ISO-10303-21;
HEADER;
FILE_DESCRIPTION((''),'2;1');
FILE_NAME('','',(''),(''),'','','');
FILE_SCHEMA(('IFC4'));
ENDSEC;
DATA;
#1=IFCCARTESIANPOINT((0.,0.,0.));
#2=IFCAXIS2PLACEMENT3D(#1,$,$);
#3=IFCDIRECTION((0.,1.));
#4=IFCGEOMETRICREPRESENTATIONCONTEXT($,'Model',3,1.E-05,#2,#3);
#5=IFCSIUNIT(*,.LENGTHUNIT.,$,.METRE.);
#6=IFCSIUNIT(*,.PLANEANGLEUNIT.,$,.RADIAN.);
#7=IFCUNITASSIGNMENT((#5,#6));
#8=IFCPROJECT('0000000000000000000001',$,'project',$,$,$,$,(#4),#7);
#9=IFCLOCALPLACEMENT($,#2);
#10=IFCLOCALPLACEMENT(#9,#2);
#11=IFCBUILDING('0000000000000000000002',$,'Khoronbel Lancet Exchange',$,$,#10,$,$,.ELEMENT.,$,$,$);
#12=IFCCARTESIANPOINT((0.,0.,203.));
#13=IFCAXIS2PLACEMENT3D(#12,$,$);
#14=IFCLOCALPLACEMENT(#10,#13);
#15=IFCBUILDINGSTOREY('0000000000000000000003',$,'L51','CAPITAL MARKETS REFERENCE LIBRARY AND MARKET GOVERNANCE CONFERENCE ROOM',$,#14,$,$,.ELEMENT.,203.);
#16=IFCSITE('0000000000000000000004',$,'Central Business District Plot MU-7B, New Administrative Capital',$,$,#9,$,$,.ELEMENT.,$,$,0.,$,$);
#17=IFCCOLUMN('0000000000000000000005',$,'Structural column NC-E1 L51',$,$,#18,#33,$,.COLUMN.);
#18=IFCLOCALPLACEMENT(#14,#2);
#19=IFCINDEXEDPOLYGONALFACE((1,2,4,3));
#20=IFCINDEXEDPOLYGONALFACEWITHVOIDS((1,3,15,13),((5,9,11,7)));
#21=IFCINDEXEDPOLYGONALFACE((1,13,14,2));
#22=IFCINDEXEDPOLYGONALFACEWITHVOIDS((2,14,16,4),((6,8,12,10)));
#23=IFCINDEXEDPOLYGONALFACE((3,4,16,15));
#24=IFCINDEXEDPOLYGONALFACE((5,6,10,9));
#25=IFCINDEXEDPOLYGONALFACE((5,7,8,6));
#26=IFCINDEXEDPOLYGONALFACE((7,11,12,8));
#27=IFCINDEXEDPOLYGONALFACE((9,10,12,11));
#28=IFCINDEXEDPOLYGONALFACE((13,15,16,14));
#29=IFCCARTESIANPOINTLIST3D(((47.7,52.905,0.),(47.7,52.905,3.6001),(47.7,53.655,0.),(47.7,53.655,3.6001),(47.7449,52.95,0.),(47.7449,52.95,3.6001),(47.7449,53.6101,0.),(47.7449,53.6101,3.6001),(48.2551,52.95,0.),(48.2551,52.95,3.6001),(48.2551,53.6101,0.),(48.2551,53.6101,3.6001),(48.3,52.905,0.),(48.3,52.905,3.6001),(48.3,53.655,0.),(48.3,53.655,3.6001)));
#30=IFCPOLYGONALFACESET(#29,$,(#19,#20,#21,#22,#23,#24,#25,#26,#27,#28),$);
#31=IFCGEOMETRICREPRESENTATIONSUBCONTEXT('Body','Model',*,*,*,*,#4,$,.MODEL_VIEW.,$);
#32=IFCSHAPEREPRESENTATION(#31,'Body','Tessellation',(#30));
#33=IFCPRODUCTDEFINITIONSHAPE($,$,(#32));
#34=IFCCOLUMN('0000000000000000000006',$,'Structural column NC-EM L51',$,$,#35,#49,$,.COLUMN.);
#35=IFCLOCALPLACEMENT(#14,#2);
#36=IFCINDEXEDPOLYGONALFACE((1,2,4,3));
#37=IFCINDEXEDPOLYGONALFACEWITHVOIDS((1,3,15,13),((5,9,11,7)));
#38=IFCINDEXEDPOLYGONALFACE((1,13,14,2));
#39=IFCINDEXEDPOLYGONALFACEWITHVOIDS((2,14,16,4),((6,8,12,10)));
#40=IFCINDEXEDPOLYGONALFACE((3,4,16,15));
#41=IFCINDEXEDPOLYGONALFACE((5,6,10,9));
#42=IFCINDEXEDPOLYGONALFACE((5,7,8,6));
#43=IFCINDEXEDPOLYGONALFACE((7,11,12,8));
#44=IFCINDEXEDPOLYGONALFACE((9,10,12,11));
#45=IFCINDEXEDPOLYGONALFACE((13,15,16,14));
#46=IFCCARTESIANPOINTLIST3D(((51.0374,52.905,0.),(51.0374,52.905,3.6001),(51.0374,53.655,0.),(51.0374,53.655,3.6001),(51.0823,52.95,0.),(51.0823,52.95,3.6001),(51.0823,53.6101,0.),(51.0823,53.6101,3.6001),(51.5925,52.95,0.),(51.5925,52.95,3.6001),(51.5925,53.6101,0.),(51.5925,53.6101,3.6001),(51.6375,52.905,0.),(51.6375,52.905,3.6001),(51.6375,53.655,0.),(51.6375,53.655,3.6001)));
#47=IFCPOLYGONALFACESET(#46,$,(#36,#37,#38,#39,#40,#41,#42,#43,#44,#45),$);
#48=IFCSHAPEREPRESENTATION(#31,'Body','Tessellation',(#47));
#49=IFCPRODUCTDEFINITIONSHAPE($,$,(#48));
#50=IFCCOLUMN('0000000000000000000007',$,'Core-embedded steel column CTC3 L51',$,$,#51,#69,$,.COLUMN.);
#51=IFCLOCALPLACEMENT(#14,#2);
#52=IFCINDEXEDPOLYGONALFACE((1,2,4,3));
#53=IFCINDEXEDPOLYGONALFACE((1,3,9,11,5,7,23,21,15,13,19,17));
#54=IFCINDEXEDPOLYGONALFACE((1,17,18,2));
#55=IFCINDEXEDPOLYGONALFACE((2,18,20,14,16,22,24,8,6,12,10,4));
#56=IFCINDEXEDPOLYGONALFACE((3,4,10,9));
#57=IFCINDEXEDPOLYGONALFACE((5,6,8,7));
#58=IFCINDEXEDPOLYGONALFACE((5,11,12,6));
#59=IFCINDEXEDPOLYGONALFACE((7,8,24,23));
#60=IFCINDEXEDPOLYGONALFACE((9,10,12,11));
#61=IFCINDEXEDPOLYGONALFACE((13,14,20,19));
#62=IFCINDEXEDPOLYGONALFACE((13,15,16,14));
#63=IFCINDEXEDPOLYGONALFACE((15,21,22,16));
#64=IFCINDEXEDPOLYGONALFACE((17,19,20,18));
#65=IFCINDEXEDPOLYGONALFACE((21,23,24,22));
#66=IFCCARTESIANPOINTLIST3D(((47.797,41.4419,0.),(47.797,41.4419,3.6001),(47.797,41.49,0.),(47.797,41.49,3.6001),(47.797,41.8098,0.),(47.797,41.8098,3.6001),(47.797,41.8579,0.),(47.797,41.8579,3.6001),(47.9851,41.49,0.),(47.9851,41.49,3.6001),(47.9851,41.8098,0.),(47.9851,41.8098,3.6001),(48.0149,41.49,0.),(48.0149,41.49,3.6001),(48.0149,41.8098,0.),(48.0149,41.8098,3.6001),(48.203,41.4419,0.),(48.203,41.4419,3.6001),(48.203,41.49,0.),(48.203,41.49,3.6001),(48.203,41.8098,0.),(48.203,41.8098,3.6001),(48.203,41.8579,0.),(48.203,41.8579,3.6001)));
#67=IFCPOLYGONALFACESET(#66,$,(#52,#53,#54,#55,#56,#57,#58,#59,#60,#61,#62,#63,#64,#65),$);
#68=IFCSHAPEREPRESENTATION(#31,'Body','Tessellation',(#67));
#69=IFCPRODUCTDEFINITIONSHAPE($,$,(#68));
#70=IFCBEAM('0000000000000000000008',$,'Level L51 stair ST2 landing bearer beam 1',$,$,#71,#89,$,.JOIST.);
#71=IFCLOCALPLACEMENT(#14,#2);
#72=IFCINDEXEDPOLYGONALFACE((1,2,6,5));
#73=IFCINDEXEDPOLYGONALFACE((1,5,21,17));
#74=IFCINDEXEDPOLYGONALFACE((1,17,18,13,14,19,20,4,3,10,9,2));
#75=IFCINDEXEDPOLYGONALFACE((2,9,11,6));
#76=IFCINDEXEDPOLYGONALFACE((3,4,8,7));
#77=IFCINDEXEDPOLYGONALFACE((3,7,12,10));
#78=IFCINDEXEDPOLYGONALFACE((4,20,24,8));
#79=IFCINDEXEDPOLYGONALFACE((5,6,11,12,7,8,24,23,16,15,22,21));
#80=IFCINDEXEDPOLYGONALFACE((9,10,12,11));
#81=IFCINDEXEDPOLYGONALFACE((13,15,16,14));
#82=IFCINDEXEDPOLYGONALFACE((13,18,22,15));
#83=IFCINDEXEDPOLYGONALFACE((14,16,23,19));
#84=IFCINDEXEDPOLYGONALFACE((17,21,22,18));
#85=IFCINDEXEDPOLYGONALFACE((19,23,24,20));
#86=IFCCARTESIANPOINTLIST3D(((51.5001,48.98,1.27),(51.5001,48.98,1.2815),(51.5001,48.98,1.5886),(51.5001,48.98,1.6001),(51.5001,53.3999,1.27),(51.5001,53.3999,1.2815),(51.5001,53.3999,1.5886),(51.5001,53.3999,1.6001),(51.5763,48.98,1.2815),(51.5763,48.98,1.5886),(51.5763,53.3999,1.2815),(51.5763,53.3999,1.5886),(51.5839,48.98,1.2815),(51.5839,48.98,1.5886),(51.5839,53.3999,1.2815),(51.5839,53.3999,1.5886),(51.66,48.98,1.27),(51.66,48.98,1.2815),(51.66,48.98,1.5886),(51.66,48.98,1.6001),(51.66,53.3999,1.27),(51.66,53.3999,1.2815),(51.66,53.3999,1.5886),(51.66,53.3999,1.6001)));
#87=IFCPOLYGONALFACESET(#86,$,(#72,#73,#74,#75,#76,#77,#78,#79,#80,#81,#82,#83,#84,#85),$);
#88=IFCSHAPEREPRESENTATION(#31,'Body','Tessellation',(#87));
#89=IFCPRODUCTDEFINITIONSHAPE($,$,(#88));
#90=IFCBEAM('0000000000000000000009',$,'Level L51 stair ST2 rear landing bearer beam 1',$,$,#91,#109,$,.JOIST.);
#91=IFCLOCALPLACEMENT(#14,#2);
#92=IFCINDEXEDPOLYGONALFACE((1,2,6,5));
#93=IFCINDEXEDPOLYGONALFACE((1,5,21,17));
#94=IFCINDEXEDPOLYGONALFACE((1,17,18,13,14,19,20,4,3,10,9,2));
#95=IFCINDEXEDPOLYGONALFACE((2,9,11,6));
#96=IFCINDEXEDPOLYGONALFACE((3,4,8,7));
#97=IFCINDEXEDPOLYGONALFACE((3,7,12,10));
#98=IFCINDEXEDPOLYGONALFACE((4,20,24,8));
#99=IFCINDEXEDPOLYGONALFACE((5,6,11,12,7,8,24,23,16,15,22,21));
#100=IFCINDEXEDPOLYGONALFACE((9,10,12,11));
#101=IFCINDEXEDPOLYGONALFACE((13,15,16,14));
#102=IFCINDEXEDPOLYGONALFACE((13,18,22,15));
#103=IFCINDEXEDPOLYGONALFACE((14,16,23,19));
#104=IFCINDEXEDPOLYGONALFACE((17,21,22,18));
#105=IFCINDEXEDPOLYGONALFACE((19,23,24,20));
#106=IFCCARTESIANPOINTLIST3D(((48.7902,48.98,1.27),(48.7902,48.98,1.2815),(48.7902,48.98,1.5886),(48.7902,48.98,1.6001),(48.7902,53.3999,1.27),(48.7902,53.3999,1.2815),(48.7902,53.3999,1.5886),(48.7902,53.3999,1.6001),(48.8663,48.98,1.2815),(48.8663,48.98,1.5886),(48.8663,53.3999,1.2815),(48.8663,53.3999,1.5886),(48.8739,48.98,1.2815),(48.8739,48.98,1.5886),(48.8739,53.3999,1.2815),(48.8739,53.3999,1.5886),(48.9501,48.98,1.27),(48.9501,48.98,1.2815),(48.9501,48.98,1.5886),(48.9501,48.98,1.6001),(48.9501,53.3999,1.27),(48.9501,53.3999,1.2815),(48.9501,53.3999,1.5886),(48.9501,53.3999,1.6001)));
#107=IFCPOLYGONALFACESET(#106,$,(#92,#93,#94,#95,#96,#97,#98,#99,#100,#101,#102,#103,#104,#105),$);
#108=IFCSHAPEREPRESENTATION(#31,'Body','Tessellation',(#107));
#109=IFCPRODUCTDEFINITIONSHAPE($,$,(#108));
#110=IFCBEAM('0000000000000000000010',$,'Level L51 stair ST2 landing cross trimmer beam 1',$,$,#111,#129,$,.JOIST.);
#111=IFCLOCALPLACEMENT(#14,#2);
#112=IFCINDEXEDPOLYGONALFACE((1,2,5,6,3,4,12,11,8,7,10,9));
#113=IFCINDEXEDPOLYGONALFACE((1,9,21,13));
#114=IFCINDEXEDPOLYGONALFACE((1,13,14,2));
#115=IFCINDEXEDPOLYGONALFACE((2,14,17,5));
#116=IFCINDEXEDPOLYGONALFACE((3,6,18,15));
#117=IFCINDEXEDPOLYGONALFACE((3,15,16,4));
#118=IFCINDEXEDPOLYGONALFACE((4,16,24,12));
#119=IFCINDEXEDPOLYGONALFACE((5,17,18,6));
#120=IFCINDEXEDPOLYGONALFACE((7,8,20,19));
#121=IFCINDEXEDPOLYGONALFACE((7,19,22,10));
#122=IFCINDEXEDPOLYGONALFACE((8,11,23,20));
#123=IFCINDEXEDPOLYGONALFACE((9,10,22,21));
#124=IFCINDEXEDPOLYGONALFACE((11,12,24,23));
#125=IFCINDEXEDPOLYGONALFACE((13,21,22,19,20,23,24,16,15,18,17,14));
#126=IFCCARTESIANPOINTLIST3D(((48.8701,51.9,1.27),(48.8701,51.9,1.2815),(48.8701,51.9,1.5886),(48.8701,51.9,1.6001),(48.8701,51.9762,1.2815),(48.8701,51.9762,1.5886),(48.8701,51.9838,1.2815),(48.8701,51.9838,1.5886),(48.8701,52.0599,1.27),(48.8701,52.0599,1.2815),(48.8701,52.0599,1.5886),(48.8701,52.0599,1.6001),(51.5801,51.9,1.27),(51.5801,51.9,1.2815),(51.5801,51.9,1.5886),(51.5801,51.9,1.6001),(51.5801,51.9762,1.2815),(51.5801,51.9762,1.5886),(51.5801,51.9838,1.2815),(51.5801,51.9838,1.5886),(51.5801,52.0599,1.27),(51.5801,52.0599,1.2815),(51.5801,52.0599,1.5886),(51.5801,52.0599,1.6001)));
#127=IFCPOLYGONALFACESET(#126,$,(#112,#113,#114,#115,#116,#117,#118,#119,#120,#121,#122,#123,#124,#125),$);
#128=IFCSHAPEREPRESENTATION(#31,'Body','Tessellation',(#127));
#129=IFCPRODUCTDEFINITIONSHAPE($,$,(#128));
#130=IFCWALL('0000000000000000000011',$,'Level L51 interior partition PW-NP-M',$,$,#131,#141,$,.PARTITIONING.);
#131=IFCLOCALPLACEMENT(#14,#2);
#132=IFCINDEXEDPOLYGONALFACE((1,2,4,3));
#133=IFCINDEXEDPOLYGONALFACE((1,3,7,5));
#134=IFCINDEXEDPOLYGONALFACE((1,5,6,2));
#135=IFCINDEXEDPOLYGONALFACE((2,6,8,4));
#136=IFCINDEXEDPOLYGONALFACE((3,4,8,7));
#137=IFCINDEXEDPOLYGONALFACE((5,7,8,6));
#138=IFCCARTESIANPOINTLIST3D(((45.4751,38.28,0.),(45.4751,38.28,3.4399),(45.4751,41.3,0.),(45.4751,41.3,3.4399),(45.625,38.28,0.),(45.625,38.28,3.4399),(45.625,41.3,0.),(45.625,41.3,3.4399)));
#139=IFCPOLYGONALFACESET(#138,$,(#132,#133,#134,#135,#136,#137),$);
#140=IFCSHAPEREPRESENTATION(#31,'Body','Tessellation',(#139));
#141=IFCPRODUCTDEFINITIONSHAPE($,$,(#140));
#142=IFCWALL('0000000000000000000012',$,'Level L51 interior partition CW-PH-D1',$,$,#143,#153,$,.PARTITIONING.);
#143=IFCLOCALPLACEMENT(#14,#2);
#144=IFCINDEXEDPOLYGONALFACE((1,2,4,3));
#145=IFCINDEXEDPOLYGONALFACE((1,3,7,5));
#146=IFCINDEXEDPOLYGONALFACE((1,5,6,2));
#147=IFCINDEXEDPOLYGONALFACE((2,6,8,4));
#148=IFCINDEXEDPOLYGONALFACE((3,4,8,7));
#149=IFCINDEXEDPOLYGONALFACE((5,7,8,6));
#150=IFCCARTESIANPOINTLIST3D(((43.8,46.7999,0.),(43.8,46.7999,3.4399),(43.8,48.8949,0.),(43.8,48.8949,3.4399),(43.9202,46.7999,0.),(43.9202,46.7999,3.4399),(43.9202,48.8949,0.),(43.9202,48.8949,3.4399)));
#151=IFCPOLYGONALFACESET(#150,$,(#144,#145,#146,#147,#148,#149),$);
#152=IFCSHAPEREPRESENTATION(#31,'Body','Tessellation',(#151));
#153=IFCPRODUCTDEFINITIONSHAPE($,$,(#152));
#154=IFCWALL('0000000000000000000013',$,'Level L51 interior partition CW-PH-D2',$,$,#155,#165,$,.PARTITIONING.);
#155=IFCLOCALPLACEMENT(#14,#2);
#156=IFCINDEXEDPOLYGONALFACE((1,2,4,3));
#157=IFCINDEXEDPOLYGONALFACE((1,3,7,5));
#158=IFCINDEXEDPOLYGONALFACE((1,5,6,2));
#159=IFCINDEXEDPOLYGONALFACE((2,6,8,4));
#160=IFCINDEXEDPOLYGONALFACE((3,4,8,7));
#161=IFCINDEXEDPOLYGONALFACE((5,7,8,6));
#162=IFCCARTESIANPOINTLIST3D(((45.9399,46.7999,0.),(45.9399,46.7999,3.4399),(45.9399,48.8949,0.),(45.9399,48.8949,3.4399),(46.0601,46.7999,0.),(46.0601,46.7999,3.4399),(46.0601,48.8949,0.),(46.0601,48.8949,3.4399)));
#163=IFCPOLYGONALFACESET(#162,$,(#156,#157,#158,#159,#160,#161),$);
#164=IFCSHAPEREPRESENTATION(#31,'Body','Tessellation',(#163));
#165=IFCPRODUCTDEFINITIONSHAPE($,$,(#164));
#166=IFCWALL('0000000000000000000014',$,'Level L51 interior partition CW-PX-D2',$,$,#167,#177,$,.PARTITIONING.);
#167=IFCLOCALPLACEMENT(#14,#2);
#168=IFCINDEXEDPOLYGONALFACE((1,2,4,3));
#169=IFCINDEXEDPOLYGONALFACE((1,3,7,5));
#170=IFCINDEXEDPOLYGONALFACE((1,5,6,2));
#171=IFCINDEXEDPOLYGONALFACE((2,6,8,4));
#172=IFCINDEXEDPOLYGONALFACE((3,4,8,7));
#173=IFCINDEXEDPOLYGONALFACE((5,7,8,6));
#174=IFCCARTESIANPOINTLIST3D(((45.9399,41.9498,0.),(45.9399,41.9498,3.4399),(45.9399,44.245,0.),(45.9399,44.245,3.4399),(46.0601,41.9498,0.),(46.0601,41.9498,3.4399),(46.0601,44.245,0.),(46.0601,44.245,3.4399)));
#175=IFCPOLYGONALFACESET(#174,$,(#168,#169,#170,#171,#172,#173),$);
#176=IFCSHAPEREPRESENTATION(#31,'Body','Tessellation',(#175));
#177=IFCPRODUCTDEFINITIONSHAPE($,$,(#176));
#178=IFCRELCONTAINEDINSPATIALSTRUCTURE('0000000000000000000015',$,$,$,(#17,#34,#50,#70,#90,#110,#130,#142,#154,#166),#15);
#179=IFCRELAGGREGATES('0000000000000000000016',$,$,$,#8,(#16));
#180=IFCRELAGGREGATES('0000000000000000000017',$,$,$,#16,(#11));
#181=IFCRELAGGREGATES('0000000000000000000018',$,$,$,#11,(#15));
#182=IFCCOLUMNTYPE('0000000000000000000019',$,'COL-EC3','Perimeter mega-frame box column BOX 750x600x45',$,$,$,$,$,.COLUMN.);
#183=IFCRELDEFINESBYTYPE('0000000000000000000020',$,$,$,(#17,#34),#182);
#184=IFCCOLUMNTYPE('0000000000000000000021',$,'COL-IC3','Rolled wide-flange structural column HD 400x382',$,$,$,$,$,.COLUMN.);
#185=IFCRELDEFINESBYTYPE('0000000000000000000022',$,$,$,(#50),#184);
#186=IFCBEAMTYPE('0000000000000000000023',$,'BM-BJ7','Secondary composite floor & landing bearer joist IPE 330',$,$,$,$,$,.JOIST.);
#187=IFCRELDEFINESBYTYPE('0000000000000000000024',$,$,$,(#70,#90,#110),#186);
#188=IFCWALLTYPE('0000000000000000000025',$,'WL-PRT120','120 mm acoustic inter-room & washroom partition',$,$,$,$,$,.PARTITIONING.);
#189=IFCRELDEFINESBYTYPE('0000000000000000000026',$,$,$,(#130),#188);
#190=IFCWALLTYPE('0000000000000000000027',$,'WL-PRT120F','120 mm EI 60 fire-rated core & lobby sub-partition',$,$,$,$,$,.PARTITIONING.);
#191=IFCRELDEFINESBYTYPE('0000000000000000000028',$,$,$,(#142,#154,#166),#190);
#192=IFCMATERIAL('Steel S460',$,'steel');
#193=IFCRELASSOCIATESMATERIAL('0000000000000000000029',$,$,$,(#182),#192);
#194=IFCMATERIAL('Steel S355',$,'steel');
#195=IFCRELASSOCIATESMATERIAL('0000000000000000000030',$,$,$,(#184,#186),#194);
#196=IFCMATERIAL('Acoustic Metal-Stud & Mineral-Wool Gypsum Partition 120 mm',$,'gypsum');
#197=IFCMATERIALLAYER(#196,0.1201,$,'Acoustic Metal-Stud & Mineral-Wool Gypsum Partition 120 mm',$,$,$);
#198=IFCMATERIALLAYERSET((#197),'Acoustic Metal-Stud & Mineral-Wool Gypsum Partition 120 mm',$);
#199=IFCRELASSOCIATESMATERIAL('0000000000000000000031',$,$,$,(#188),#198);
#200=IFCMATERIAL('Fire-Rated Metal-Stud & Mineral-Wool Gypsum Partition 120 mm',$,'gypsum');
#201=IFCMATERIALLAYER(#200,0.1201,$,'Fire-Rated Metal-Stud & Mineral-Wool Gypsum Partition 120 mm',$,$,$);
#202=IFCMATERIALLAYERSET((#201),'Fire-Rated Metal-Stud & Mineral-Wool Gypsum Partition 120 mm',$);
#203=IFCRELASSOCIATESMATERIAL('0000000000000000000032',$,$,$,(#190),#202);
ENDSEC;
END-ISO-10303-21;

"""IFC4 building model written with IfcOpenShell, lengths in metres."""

from ifc_helpers import new_model, si_unit, direction, frame, frame_2d, origin, origin_2d, place, context, subcontext, project, spatial, rectangle, hollow_rectangle, i_section, extrude, material, layer, layer_set, material_profile, profile_set, type_object, element, save


model = new_model("IFC4")

# Units and contexts
model_context = context("Model", 3, precision=1e-05, world=origin(), true_north=direction((0.0, 1.0)))
body_context = subcontext(model_context, "Body", "Model", "MODEL_VIEW")
ifc_project = project(units=[si_unit("LENGTHUNIT", "METRE"), si_unit("PLANEANGLEUNIT", "RADIAN")], contexts=[model_context])

# Site, building, storey
site_placement = place(None, origin())
site = spatial("IfcSite", under=ifc_project, at=site_placement, Name="Central Business District Plot MU-7B, New Administrative Capital", CompositionType="ELEMENT", RefElevation=0.0)
building_placement = place(site_placement, origin())
building = spatial("IfcBuilding", under=site, at=building_placement, Name="Khoronbel Lancet Exchange", CompositionType="ELEMENT")
storey_placement = place(building_placement, frame((0.0, 0.0, 203.0)))
storey = spatial("IfcBuildingStorey", under=building, at=storey_placement, Name="L51", Description="CAPITAL MARKETS REFERENCE LIBRARY AND MARKET GOVERNANCE CONFERENCE ROOM", CompositionType="ELEMENT", Elevation=203.0)

# Columns
ifc_material_1 = material(Name="Steel S460", Category="steel")
ifc_material_profile_1 = material_profile(ifc_material_1, hollow_rectangle(XDim=0.6001, YDim=0.75, WallThickness=0.0449, at=origin_2d()), Name="BOX 750x600x45")
ifc_profile_set_1 = profile_set([ifc_material_profile_1], Name="Steel S460")
column_type_1 = type_object("IfcColumnType", Name="COL-EC3", Description="Perimeter mega-frame box column BOX 750x600x45", PredefinedType="COLUMN", material=ifc_profile_set_1)
for number, where, z_axis, x_axis, name in (
    (1, (48.0, 53.28, 0.0), (0.0, 0.0, 1.0), (1.0, 0.0, 0.0), "Structural column NC-E1 L51"),
    (2, (51.3374, 53.28, 0.0), (0.0, 0.0, 1.0), (1.0, 0.0, 0.0), "Structural column NC-EM L51"),
):
    element("IfcColumn", number, at=place(storey_placement, frame(where, z_axis=z_axis, x_axis=x_axis)), inside=storey, type_object=column_type_1, Name=name, PredefinedType="COLUMN", context=body_context, shape_type="SweptSolid", body=[
        extrude(hollow_rectangle(XDim=0.6001, YDim=0.75, WallThickness=0.0449, at=origin_2d()), origin(), (0.0, 0.0, 1.0), 3.6001),
    ])
ifc_material_2 = material(Name="Steel S355", Category="steel")
ifc_material_profile_2 = material_profile(ifc_material_2, i_section(OverallWidth=0.406, OverallDepth=0.416, WebThickness=0.0298, FlangeThickness=0.0481, at=origin_2d()), Name="HD 400x382")
ifc_profile_set_2 = profile_set([ifc_material_profile_2], Name="Steel S355")
column_type_2 = type_object("IfcColumnType", Name="COL-IC3", Description="Rolled wide-flange structural column HD 400x382", PredefinedType="COLUMN", material=ifc_profile_set_2)
column_placement = place(storey_placement, frame((48.0, 41.6499, 0.0), z_axis=(0.0, 0.0, 1.0), x_axis=(1.0, 0.0, 0.0)))
element("IfcColumn", 3, at=column_placement, inside=storey, type_object=column_type_2, Name="Core-embedded steel column CTC3 L51", PredefinedType="COLUMN", context=body_context, shape_type="SweptSolid", body=[
    extrude(i_section(OverallWidth=0.406, OverallDepth=0.416, WebThickness=0.0298, FlangeThickness=0.0481, at=origin_2d()), origin(), (0.0, 0.0, 1.0), 3.6001),
])

# Beams
ifc_material_profile_3 = material_profile(ifc_material_2, i_section(OverallWidth=0.1599, OverallDepth=0.3301, WebThickness=0.0076, FlangeThickness=0.0115, at=origin_2d()), Name="IPE 330")
ifc_profile_set_3 = profile_set([ifc_material_profile_3], Name="Steel S355")
beam_type = type_object("IfcBeamType", Name="BM-BJ7", Description="Secondary composite floor & landing bearer joist IPE 330", PredefinedType="JOIST", material=ifc_profile_set_3)
for number, where, z_axis, x_axis, name in (
    (4, (51.5801, 48.98, 1.4351), (0.0, 1.0, 0.0), (-1.0, 0.0, 0.0), "Level L51 stair ST2 landing bearer beam 1"),
    (5, (48.8701, 48.98, 1.4351), (0.0, 1.0, 0.0), (-1.0, 0.0, 0.0), "Level L51 stair ST2 rear landing bearer beam 1"),
):
    element("IfcBeam", number, at=place(storey_placement, frame(where, z_axis=z_axis, x_axis=x_axis)), inside=storey, type_object=beam_type, Name=name, PredefinedType="JOIST", context=body_context, shape_type="SweptSolid", body=[
        extrude(i_section(OverallWidth=0.1599, OverallDepth=0.3301, WebThickness=0.0076, FlangeThickness=0.0115, at=origin_2d()), origin(), (0.0, 0.0, 1.0), 4.4199),
    ])
beam_placement = place(storey_placement, frame((48.8701, 51.98, 1.4351), z_axis=(1.0, 0.0, 0.0), x_axis=(0.0, 1.0, 0.0)))
element("IfcBeam", 6, at=beam_placement, inside=storey, type_object=beam_type, Name="Level L51 stair ST2 landing cross trimmer beam 1", PredefinedType="JOIST", context=body_context, shape_type="SweptSolid", body=[
    extrude(i_section(OverallWidth=0.1599, OverallDepth=0.3301, WebThickness=0.0076, FlangeThickness=0.0115, at=origin_2d()), origin(), (0.0, 0.0, 1.0), 2.71),
])

# Walls
ifc_material_3 = material(Name="Acoustic Metal-Stud & Mineral-Wool Gypsum Partition 120 mm", Category="gypsum")
ifc_layer_1 = layer(ifc_material_3, 0.1201, Name="Acoustic Metal-Stud & Mineral-Wool Gypsum Partition 120 mm")
ifc_layer_set_1 = layer_set([ifc_layer_1], Name="Acoustic Metal-Stud & Mineral-Wool Gypsum Partition 120 mm")
wall_type_1 = type_object("IfcWallType", Name="WL-PRT120", Description="120 mm acoustic inter-room & washroom partition", PredefinedType="PARTITIONING", material=ifc_layer_set_1)
wall_1_placement = place(storey_placement, frame((45.55, 38.28, 0.0), z_axis=(0.0, 0.0, 1.0), x_axis=(0.0, 1.0, 0.0)))
element("IfcWall", 7, at=wall_1_placement, inside=storey, type_object=wall_type_1, Name="Level L51 interior partition PW-NP-M", PredefinedType="PARTITIONING", context=body_context, shape_type="SweptSolid", body=[
    extrude(rectangle(XDim=3.02, YDim=0.1499, at=frame_2d((1.51, 0.0))), origin(), (0.0, 0.0, 1.0), 3.4399),
])
ifc_material_4 = material(Name="Fire-Rated Metal-Stud & Mineral-Wool Gypsum Partition 120 mm", Category="gypsum")
ifc_layer_2 = layer(ifc_material_4, 0.1201, Name="Fire-Rated Metal-Stud & Mineral-Wool Gypsum Partition 120 mm")
ifc_layer_set_2 = layer_set([ifc_layer_2], Name="Fire-Rated Metal-Stud & Mineral-Wool Gypsum Partition 120 mm")
wall_type_2 = type_object("IfcWallType", Name="WL-PRT120F", Description="120 mm EI 60 fire-rated core & lobby sub-partition", PredefinedType="PARTITIONING", material=ifc_layer_set_2)
for number, where, z_axis, x_axis, name in (
    (8, (43.8601, 46.8, 0.0), (0.0, 0.0, 1.0), (0.0, 1.0, 0.0), "Level L51 interior partition CW-PH-D1"),
    (9, (46.0, 46.8, 0.0), (0.0, 0.0, 1.0), (0.0, 1.0, 0.0), "Level L51 interior partition CW-PH-D2"),
):
    element("IfcWall", number, at=place(storey_placement, frame(where, z_axis=z_axis, x_axis=x_axis)), inside=storey, type_object=wall_type_2, Name=name, PredefinedType="PARTITIONING", context=body_context, shape_type="SweptSolid", body=[
        extrude(rectangle(XDim=2.095, YDim=0.1201, at=frame_2d((1.0474, 0.0))), origin(), (0.0, 0.0, 1.0), 3.4399),
    ])
wall_2_placement = place(storey_placement, frame((46.0, 41.95, 0.0), z_axis=(0.0, 0.0, 1.0), x_axis=(0.0, 1.0, 0.0)))
element("IfcWall", 10, at=wall_2_placement, inside=storey, type_object=wall_type_2, Name="Level L51 interior partition CW-PX-D2", PredefinedType="PARTITIONING", context=body_context, shape_type="SweptSolid", body=[
    extrude(rectangle(XDim=2.2952, YDim=0.1201, at=frame_2d((1.1475, 0.0))), origin(), (0.0, 0.0, 1.0), 3.4399),
])

save(model, "model.ifc")
